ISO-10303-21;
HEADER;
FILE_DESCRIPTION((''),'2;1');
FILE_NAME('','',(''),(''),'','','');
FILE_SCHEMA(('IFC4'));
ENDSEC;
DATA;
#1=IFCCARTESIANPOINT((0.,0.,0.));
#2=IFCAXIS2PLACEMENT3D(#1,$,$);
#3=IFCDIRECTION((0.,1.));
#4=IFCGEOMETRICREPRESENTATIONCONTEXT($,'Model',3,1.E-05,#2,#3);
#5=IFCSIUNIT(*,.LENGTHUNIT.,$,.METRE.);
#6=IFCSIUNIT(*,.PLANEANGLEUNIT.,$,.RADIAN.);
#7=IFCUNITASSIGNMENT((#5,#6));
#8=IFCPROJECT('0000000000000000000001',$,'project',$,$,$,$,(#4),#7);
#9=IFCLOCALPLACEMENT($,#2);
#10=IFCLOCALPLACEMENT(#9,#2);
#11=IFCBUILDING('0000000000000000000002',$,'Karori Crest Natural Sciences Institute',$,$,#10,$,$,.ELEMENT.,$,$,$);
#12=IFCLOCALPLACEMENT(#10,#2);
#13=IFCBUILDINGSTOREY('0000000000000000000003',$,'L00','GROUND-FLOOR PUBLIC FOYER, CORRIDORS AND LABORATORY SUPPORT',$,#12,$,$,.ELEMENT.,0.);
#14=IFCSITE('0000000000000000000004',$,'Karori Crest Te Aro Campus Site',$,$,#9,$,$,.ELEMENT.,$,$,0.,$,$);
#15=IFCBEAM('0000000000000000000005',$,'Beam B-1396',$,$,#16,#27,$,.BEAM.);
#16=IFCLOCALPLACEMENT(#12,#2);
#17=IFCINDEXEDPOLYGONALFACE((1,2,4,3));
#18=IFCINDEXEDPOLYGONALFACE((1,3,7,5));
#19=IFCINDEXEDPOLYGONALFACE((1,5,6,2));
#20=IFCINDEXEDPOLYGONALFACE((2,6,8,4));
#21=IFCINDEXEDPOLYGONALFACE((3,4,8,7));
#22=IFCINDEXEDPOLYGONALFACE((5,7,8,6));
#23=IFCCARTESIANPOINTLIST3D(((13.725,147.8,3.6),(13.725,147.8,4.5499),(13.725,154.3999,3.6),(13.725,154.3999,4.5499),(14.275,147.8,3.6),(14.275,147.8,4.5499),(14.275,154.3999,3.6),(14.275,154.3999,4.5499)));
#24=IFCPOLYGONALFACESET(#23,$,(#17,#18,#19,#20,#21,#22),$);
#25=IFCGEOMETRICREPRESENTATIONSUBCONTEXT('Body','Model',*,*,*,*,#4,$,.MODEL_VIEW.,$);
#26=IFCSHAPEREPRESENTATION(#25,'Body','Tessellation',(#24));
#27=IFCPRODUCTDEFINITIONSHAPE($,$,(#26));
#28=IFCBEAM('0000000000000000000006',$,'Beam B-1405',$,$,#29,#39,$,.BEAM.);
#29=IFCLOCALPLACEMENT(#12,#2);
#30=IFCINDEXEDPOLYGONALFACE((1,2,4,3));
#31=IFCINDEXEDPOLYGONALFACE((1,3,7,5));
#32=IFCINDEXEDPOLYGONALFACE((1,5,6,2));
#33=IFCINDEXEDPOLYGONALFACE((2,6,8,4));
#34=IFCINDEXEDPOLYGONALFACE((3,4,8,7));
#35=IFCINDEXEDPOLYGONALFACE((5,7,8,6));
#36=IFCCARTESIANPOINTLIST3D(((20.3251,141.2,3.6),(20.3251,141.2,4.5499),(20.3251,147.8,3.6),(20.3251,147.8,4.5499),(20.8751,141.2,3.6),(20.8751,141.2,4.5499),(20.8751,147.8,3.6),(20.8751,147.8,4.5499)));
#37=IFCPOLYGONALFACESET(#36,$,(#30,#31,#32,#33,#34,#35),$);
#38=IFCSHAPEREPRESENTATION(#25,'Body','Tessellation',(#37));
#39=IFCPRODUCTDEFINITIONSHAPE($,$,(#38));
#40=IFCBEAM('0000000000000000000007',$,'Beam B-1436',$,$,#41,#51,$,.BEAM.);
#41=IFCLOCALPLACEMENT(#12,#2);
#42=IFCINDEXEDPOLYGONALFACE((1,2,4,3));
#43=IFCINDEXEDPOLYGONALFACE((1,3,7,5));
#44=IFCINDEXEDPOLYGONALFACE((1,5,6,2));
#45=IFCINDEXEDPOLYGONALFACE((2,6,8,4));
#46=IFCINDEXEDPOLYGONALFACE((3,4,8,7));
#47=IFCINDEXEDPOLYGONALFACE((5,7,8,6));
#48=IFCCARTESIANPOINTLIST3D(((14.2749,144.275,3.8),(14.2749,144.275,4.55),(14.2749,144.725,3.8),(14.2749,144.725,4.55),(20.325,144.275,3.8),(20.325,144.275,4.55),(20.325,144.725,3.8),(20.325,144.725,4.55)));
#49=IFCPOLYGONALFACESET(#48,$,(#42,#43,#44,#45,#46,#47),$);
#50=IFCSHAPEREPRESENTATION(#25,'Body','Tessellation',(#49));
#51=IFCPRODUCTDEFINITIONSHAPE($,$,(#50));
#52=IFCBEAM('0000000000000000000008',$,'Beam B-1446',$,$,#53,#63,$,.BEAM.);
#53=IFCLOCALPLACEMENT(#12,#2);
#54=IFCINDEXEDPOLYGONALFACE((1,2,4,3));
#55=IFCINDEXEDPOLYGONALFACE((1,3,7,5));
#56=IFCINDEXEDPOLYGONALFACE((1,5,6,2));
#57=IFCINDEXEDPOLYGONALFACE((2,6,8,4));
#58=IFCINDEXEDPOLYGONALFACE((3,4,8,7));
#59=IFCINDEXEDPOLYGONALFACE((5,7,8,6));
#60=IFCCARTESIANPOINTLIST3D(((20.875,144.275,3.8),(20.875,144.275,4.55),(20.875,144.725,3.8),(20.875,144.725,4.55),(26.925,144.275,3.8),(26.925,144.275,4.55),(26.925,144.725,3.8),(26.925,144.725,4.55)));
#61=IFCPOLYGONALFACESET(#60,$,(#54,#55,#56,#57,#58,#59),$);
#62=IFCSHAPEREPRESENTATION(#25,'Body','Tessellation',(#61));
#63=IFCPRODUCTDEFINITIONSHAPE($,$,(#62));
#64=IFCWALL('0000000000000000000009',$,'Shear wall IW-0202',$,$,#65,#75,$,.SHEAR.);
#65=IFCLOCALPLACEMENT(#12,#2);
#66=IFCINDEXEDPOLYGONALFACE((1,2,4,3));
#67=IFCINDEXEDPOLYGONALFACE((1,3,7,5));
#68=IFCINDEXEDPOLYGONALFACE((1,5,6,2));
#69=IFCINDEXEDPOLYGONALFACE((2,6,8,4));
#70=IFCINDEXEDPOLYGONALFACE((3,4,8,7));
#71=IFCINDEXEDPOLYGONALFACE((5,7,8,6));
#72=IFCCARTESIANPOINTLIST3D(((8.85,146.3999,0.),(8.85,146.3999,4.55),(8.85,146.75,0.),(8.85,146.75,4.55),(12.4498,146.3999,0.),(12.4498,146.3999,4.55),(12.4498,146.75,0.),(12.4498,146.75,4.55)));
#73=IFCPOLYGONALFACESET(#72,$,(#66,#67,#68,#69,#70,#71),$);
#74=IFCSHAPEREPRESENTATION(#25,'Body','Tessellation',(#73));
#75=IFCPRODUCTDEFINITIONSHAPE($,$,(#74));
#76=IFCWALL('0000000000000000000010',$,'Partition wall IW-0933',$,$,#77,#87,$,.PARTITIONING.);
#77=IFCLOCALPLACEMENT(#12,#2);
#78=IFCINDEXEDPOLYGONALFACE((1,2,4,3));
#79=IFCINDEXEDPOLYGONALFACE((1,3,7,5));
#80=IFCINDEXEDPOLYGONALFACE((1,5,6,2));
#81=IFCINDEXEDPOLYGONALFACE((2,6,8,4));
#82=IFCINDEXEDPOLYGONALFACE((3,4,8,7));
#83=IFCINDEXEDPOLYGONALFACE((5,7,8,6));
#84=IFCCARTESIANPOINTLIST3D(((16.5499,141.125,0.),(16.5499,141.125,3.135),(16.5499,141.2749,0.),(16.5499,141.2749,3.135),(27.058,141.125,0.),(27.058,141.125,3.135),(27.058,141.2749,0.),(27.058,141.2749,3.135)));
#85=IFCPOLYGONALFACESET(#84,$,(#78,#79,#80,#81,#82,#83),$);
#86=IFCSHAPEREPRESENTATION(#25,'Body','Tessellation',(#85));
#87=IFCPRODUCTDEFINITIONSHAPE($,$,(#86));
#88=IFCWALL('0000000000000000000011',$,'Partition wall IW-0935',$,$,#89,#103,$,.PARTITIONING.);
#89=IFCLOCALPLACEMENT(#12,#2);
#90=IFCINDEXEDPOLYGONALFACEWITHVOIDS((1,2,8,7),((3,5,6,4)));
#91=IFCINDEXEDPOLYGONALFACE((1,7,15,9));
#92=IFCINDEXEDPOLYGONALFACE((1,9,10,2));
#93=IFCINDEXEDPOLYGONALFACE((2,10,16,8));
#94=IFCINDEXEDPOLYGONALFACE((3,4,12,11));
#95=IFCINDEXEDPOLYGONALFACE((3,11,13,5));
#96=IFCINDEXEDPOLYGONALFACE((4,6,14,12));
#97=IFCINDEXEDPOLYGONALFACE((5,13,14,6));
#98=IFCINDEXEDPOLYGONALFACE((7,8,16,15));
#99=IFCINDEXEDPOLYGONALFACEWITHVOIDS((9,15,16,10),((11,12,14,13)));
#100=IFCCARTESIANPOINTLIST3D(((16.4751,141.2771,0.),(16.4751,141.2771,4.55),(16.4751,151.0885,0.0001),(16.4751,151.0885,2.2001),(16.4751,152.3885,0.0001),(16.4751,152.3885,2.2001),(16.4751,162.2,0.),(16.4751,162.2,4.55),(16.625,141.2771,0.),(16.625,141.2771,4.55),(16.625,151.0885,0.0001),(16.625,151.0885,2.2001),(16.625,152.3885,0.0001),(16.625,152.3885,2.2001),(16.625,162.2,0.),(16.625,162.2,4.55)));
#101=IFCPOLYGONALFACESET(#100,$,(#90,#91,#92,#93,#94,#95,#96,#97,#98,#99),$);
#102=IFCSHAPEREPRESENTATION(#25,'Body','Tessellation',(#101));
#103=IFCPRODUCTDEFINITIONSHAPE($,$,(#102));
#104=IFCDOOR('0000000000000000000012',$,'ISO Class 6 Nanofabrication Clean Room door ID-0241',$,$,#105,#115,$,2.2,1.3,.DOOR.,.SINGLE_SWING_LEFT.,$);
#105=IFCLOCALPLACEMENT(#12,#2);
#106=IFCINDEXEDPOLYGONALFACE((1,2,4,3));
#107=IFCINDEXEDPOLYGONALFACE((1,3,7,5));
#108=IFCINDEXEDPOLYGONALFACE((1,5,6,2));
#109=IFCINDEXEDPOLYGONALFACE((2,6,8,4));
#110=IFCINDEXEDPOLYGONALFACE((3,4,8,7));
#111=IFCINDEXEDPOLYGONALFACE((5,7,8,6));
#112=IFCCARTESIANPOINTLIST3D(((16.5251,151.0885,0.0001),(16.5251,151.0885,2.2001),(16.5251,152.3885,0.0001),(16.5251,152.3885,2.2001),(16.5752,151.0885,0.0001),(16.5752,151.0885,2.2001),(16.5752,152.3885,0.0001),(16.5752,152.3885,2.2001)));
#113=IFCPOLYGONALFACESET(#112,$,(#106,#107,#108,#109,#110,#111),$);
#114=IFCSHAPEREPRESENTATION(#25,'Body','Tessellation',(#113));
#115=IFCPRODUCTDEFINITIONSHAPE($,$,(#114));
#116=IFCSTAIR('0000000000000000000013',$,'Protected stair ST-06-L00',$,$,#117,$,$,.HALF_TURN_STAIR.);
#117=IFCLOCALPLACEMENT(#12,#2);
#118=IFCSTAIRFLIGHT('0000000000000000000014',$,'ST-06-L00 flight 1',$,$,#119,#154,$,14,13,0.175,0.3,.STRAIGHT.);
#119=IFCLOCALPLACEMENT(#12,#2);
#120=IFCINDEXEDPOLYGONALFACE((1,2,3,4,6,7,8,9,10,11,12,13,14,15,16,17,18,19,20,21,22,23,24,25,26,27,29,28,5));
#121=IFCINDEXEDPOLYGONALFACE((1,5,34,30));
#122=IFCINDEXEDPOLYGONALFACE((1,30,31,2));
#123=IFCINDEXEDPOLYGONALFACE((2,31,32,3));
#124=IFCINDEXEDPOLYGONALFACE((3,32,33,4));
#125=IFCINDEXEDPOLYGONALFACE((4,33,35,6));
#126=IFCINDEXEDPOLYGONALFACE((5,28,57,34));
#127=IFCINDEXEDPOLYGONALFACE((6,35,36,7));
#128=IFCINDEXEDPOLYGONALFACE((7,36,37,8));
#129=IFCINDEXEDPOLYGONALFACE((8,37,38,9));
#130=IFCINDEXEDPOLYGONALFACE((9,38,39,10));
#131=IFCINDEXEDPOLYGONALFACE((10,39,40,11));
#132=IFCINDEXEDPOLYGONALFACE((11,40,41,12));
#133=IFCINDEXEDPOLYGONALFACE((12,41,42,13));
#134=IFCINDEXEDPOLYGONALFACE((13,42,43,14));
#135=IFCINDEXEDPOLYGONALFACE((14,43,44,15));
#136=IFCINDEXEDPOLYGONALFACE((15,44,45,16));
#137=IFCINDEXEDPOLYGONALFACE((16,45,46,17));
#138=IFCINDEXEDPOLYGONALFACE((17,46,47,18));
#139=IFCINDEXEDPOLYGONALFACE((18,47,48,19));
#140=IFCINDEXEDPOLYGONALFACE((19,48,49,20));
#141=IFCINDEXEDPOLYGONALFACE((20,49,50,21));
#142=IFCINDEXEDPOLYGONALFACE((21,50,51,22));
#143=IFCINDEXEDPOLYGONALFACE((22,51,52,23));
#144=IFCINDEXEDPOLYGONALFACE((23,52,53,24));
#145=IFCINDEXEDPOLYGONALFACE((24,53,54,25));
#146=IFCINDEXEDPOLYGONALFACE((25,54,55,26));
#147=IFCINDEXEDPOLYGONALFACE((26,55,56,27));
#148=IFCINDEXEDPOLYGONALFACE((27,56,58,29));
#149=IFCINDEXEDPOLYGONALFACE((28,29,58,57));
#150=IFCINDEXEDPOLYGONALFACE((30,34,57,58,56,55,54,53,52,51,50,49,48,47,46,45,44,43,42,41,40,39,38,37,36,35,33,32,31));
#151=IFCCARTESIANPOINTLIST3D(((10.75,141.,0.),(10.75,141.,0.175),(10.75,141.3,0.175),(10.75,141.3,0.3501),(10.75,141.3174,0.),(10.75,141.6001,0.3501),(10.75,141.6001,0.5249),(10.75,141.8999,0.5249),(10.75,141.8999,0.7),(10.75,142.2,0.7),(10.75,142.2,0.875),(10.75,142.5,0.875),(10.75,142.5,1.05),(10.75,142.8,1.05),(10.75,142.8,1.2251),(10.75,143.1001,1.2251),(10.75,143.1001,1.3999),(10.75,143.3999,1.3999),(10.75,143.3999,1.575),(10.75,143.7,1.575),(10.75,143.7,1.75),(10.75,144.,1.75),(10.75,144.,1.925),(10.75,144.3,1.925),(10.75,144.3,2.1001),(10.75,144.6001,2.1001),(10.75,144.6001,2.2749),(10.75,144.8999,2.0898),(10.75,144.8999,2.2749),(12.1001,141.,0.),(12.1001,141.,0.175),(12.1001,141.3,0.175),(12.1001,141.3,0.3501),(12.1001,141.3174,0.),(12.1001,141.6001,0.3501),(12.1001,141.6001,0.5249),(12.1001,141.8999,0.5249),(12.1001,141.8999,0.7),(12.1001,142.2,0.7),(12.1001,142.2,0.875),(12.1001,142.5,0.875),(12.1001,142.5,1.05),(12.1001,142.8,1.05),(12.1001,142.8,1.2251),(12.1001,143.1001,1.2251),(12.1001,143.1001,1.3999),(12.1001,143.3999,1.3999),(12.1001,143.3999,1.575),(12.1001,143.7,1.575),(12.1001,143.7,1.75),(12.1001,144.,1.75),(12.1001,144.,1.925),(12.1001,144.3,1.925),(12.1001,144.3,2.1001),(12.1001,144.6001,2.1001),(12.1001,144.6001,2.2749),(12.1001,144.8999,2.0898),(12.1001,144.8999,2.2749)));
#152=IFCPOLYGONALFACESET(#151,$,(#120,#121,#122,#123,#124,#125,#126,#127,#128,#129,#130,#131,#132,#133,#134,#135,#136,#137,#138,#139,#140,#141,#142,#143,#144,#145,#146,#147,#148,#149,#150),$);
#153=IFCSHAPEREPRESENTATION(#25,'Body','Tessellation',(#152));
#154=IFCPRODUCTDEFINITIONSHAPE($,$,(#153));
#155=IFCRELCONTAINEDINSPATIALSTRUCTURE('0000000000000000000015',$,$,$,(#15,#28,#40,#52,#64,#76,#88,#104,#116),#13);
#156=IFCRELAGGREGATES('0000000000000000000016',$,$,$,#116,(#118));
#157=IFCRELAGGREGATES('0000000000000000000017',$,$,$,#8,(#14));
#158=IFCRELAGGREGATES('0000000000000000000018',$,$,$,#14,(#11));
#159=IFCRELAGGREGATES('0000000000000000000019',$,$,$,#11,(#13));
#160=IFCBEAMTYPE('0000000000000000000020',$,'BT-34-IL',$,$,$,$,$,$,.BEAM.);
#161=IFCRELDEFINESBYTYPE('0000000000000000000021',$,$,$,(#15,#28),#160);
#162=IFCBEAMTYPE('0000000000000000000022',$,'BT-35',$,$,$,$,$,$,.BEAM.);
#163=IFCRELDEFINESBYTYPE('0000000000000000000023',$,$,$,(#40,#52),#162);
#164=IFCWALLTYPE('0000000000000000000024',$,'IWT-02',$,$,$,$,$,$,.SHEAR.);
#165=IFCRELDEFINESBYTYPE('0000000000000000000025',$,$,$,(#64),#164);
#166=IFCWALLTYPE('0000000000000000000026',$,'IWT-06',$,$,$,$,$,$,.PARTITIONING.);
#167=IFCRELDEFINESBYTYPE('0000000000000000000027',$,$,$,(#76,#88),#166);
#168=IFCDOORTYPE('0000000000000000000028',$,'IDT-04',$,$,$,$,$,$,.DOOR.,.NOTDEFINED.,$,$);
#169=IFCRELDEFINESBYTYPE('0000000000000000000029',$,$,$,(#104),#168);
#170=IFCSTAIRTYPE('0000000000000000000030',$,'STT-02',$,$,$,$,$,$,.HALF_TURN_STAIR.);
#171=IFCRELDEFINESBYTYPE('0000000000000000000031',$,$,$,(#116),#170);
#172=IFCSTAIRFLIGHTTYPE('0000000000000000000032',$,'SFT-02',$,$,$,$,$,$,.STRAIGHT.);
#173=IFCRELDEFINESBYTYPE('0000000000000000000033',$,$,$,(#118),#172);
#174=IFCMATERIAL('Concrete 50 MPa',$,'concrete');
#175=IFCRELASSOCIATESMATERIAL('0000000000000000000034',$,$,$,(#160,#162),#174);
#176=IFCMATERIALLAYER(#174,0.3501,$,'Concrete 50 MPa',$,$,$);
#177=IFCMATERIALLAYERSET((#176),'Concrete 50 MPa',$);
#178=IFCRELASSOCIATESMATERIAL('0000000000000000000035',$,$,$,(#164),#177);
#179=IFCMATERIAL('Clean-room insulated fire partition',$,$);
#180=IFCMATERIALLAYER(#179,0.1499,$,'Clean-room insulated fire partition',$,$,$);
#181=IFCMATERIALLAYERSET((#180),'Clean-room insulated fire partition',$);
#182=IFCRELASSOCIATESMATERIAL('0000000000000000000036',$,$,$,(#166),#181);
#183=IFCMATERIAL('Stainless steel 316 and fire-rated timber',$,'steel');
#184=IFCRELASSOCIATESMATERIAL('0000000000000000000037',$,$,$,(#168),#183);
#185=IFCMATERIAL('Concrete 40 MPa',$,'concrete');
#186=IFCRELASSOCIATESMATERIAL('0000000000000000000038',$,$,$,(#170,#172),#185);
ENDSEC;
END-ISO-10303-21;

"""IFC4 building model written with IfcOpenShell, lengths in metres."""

from ifc_helpers import new_model, si_unit, direction, frame, frame_2d, origin, origin_2d, place, context, subcontext, project, spatial, polyline, rectangle, outline, extrude, material, layer, layer_set, material_profile, profile_set, type_object, element, fill, aggregate, save


model = new_model("IFC4")

# Units and contexts
model_context = context("Model", 3, precision=1e-05, world=origin(), true_north=direction((0.0, 1.0)))
body_context = subcontext(model_context, "Body", "Model", "MODEL_VIEW")
ifc_project = project(units=[si_unit("LENGTHUNIT", "METRE"), si_unit("PLANEANGLEUNIT", "RADIAN")], contexts=[model_context])

# Site, building, storey
site_placement = place(None, origin())
site = spatial("IfcSite", under=ifc_project, at=site_placement, Name="Karori Crest Te Aro Campus Site", CompositionType="ELEMENT", RefElevation=0.0)
building_placement = place(site_placement, origin())
building = spatial("IfcBuilding", under=site, at=building_placement, Name="Karori Crest Natural Sciences Institute", CompositionType="ELEMENT")
storey_placement = place(building_placement, origin())
storey = spatial("IfcBuildingStorey", under=building, at=storey_placement, Name="L00", Description="GROUND-FLOOR PUBLIC FOYER, CORRIDORS AND LABORATORY SUPPORT", CompositionType="ELEMENT", Elevation=0.0)

# Shared definitions
ifc_material_1 = material(Name="Concrete 50 MPa", Category="concrete")

# Beams
ifc_material_profile_1 = material_profile(ifc_material_1, rectangle(XDim=0.55, YDim=0.95, at=origin_2d()), Name="RCB550x950")
ifc_profile_set_1 = profile_set([ifc_material_profile_1], Name="Concrete 50 MPa")
beam_type_1 = type_object("IfcBeamType", Name="BT-34-IL", PredefinedType="BEAM", material=ifc_profile_set_1)
beam_1_placement = place(storey_placement, frame((14.0, 147.8, 4.075), z_axis=(0.0, 1.0, 0.0), x_axis=(-1.0, 0.0, 0.0)))
element("IfcBeam", 1, at=beam_1_placement, inside=storey, type_object=beam_type_1, Name="Beam B-1396", PredefinedType="BEAM", context=body_context, shape_type="SweptSolid", body=[
    extrude(rectangle(XDim=0.55, YDim=0.95, at=origin_2d()), origin(), (0.0, 0.0, 1.0), 6.5999),
])
beam_2_placement = place(storey_placement, frame((20.6001, 141.2, 4.075), z_axis=(0.0, 1.0, 0.0), x_axis=(-1.0, 0.0, 0.0)))
element("IfcBeam", 2, at=beam_2_placement, inside=storey, type_object=beam_type_1, Name="Beam B-1405", PredefinedType="BEAM", context=body_context, shape_type="SweptSolid", body=[
    extrude(rectangle(XDim=0.55, YDim=0.95, at=origin_2d()), origin(), (0.0, 0.0, 1.0), 6.6001),
])
ifc_material_profile_2 = material_profile(ifc_material_1, rectangle(XDim=0.45, YDim=0.75, at=origin_2d()), Name="RCB450x750")
ifc_profile_set_2 = profile_set([ifc_material_profile_2], Name="Concrete 50 MPa")
beam_type_2 = type_object("IfcBeamType", Name="BT-35", PredefinedType="BEAM", material=ifc_profile_set_2)
for number, where, z_axis, x_axis, name in (
    (3, (14.2749, 144.5, 4.175), (1.0, 0.0, 0.0), (0.0, 1.0, 0.0), "Beam B-1436"),
    (4, (20.875, 144.5, 4.175), (1.0, 0.0, 0.0), (0.0, 1.0, 0.0), "Beam B-1446"),
):
    element("IfcBeam", number, at=place(storey_placement, frame(where, z_axis=z_axis, x_axis=x_axis)), inside=storey, type_object=beam_type_2, Name=name, PredefinedType="BEAM", context=body_context, shape_type="SweptSolid", body=[
        extrude(rectangle(XDim=0.45, YDim=0.75, at=origin_2d()), origin(), (0.0, 0.0, 1.0), 6.05),
    ])

# Wall
ifc_layer_1 = layer(ifc_material_1, 0.3501, Name="Concrete 50 MPa")
ifc_layer_set_1 = layer_set([ifc_layer_1], Name="Concrete 50 MPa")
wall_type_1 = type_object("IfcWallType", Name="IWT-02", PredefinedType="SHEAR", material=ifc_layer_set_1)
wall_1_placement = place(storey_placement, frame((8.8501, 146.575, 0.0), z_axis=(0.0, 0.0, 1.0), x_axis=(1.0, 0.0, 0.0)))
element("IfcWall", 5, at=wall_1_placement, inside=storey, type_object=wall_type_1, Name="Shear wall IW-0202", PredefinedType="SHEAR", context=body_context, shape_type="SweptSolid", body=[
    extrude(rectangle(XDim=3.5999, YDim=0.3501, at=frame_2d((1.7998, 0.0))), origin(), (0.0, 0.0, 1.0), 4.55),
])

# Shared definitions
ifc_material_2 = material(Name="Stainless steel 316 and fire-rated timber", Category="steel")

# Wall
ifc_material_3 = material(Name="Clean-room insulated fire partition")
ifc_layer_2 = layer(ifc_material_3, 0.1499, Name="Clean-room insulated fire partition")
ifc_layer_set_2 = layer_set([ifc_layer_2], Name="Clean-room insulated fire partition")
wall_type_2 = type_object("IfcWallType", Name="IWT-06", PredefinedType="PARTITIONING", material=ifc_layer_set_2)
wall_2_placement = place(storey_placement, frame((16.55, 141.2, 0.0), z_axis=(0.0, 0.0, 1.0), x_axis=(1.0, 0.0, 0.0)))
element("IfcWall", 6, at=wall_2_placement, inside=storey, type_object=wall_type_2, Name="Partition wall IW-0933", PredefinedType="PARTITIONING", context=body_context, shape_type="SweptSolid", body=[
    extrude(rectangle(XDim=10.5081, YDim=0.1499, at=frame_2d((5.2539, 0.0))), origin(), (0.0, 0.0, 1.0), 3.135),
])

# Wall, opening, door
wall_3_placement = place(storey_placement, frame((16.55, 141.2771, 0.0), z_axis=(0.0, 0.0, 1.0), x_axis=(0.0, 1.0, 0.0)))
wall_3 = element("IfcWall", 7, at=wall_3_placement, inside=storey, type_object=wall_type_2, Name="Partition wall IW-0935", PredefinedType="PARTITIONING", context=body_context, shape_type="SweptSolid", body=[
    extrude(rectangle(XDim=20.9229, YDim=0.1499, at=frame_2d((10.4614, 0.0))), origin(), (0.0, 0.0, 1.0), 4.55),
])
opening_1_placement = place(wall_3_placement, frame((9.8115, 0.0, 0.0)))
opening_1 = element("IfcOpeningElement", 8, at=opening_1_placement, cuts=wall_3, PredefinedType="OPENING", context=body_context, shape_type="SweptSolid", body=[
    extrude(rectangle(XDim=1.3, YDim=2.2, at=frame_2d((0.6499, 1.1001))), frame((0.0, 0.085, 0.0), z_axis=(0.0, -1.0, 0.0), x_axis=(1.0, 0.0, 0.0)), (0.0, 0.0, 1.0), 0.1699),
])
door_type_1 = type_object("IfcDoorType", Name="IDT-04", OperationType="NOTDEFINED", PredefinedType="DOOR", material=ifc_material_2)
door_1_placement = place(opening_1_placement, origin())
door_1 = element("IfcDoor", 9, at=door_1_placement, inside=storey, type_object=door_type_1, Name="ISO Class 6 Nanofabrication Clean Room door ID-0241", OperationType="SINGLE_SWING_LEFT", OverallHeight=2.2, OverallWidth=1.3, PredefinedType="DOOR", context=body_context, shape_type="SweptSolid", body=[
    extrude(rectangle(XDim=1.3, YDim=2.2, at=frame_2d((0.6499, 1.1001))), frame((0.0, 0.0249, 0.0), z_axis=(0.0, -1.0, 0.0), x_axis=(1.0, 0.0, 0.0)), (0.0, 0.0, 1.0), 0.05),
])
fill(opening_1, door_1)

# Stair, stair flight
ifc_material_4 = material(Name="Concrete 40 MPa", Category="concrete")
stair_type = type_object("IfcStairType", Name="STT-02", PredefinedType="HALF_TURN_STAIR", material=ifc_material_4)
stair_placement = place(storey_placement, origin())
stair = element("IfcStair", 10, at=stair_placement, inside=storey, type_object=stair_type, Name="Protected stair ST-06-L00", PredefinedType="HALF_TURN_STAIR")
stair_flight_type = type_object("IfcStairFlightType", Name="SFT-02", PredefinedType="STRAIGHT", material=ifc_material_4)
stair_flight_1_placement = place(storey_placement, frame((11.425, 141.0, 0.0), z_axis=(0.0, 0.0, 1.0), x_axis=(0.0, 1.0, 0.0)))
stair_flight_1 = element("IfcStairFlight", 11, at=stair_flight_1_placement, type_object=stair_flight_type, Name="ST-06-L00 flight 1", NumberOfRisers=14, NumberOfTreads=13, PredefinedType="STRAIGHT", RiserHeight=0.175, TreadLength=0.3, context=body_context, shape_type="SweptSolid", body=[
    extrude(outline(polyline([(0.0, 0.0), (0.0, 0.175), (0.3, 0.175), (0.3, 0.3501), (0.6001, 0.3501), (0.6001, 0.5249), (0.8999, 0.5249), (0.8999, 0.7), (1.2, 0.7), (1.2, 0.875), (1.5, 0.875), (1.5, 1.05), (1.8, 1.05), (1.8, 1.2251), (2.1001, 1.2251), (2.1001, 1.3999), (2.3999, 1.3999), (2.3999, 1.575), (2.7, 1.575), (2.7, 1.75), (3.0, 1.75), (3.0, 1.925), (3.3, 1.925), (3.3, 2.1001), (3.6001, 2.1001), (3.6001, 2.2749), (3.8999, 2.2749), (3.8999, 2.45), (3.8999, 2.0898), (0.3174, 0.0), (0.0, 0.0)])), frame((0.0, 0.675, 0.0), z_axis=(0.0, -1.0, 0.0), x_axis=(1.0, 0.0, 0.0)), (0.0, 0.0, 1.0), 1.3501),
])
aggregate(stair, [stair_flight_1])

save(model, "model.ifc")
